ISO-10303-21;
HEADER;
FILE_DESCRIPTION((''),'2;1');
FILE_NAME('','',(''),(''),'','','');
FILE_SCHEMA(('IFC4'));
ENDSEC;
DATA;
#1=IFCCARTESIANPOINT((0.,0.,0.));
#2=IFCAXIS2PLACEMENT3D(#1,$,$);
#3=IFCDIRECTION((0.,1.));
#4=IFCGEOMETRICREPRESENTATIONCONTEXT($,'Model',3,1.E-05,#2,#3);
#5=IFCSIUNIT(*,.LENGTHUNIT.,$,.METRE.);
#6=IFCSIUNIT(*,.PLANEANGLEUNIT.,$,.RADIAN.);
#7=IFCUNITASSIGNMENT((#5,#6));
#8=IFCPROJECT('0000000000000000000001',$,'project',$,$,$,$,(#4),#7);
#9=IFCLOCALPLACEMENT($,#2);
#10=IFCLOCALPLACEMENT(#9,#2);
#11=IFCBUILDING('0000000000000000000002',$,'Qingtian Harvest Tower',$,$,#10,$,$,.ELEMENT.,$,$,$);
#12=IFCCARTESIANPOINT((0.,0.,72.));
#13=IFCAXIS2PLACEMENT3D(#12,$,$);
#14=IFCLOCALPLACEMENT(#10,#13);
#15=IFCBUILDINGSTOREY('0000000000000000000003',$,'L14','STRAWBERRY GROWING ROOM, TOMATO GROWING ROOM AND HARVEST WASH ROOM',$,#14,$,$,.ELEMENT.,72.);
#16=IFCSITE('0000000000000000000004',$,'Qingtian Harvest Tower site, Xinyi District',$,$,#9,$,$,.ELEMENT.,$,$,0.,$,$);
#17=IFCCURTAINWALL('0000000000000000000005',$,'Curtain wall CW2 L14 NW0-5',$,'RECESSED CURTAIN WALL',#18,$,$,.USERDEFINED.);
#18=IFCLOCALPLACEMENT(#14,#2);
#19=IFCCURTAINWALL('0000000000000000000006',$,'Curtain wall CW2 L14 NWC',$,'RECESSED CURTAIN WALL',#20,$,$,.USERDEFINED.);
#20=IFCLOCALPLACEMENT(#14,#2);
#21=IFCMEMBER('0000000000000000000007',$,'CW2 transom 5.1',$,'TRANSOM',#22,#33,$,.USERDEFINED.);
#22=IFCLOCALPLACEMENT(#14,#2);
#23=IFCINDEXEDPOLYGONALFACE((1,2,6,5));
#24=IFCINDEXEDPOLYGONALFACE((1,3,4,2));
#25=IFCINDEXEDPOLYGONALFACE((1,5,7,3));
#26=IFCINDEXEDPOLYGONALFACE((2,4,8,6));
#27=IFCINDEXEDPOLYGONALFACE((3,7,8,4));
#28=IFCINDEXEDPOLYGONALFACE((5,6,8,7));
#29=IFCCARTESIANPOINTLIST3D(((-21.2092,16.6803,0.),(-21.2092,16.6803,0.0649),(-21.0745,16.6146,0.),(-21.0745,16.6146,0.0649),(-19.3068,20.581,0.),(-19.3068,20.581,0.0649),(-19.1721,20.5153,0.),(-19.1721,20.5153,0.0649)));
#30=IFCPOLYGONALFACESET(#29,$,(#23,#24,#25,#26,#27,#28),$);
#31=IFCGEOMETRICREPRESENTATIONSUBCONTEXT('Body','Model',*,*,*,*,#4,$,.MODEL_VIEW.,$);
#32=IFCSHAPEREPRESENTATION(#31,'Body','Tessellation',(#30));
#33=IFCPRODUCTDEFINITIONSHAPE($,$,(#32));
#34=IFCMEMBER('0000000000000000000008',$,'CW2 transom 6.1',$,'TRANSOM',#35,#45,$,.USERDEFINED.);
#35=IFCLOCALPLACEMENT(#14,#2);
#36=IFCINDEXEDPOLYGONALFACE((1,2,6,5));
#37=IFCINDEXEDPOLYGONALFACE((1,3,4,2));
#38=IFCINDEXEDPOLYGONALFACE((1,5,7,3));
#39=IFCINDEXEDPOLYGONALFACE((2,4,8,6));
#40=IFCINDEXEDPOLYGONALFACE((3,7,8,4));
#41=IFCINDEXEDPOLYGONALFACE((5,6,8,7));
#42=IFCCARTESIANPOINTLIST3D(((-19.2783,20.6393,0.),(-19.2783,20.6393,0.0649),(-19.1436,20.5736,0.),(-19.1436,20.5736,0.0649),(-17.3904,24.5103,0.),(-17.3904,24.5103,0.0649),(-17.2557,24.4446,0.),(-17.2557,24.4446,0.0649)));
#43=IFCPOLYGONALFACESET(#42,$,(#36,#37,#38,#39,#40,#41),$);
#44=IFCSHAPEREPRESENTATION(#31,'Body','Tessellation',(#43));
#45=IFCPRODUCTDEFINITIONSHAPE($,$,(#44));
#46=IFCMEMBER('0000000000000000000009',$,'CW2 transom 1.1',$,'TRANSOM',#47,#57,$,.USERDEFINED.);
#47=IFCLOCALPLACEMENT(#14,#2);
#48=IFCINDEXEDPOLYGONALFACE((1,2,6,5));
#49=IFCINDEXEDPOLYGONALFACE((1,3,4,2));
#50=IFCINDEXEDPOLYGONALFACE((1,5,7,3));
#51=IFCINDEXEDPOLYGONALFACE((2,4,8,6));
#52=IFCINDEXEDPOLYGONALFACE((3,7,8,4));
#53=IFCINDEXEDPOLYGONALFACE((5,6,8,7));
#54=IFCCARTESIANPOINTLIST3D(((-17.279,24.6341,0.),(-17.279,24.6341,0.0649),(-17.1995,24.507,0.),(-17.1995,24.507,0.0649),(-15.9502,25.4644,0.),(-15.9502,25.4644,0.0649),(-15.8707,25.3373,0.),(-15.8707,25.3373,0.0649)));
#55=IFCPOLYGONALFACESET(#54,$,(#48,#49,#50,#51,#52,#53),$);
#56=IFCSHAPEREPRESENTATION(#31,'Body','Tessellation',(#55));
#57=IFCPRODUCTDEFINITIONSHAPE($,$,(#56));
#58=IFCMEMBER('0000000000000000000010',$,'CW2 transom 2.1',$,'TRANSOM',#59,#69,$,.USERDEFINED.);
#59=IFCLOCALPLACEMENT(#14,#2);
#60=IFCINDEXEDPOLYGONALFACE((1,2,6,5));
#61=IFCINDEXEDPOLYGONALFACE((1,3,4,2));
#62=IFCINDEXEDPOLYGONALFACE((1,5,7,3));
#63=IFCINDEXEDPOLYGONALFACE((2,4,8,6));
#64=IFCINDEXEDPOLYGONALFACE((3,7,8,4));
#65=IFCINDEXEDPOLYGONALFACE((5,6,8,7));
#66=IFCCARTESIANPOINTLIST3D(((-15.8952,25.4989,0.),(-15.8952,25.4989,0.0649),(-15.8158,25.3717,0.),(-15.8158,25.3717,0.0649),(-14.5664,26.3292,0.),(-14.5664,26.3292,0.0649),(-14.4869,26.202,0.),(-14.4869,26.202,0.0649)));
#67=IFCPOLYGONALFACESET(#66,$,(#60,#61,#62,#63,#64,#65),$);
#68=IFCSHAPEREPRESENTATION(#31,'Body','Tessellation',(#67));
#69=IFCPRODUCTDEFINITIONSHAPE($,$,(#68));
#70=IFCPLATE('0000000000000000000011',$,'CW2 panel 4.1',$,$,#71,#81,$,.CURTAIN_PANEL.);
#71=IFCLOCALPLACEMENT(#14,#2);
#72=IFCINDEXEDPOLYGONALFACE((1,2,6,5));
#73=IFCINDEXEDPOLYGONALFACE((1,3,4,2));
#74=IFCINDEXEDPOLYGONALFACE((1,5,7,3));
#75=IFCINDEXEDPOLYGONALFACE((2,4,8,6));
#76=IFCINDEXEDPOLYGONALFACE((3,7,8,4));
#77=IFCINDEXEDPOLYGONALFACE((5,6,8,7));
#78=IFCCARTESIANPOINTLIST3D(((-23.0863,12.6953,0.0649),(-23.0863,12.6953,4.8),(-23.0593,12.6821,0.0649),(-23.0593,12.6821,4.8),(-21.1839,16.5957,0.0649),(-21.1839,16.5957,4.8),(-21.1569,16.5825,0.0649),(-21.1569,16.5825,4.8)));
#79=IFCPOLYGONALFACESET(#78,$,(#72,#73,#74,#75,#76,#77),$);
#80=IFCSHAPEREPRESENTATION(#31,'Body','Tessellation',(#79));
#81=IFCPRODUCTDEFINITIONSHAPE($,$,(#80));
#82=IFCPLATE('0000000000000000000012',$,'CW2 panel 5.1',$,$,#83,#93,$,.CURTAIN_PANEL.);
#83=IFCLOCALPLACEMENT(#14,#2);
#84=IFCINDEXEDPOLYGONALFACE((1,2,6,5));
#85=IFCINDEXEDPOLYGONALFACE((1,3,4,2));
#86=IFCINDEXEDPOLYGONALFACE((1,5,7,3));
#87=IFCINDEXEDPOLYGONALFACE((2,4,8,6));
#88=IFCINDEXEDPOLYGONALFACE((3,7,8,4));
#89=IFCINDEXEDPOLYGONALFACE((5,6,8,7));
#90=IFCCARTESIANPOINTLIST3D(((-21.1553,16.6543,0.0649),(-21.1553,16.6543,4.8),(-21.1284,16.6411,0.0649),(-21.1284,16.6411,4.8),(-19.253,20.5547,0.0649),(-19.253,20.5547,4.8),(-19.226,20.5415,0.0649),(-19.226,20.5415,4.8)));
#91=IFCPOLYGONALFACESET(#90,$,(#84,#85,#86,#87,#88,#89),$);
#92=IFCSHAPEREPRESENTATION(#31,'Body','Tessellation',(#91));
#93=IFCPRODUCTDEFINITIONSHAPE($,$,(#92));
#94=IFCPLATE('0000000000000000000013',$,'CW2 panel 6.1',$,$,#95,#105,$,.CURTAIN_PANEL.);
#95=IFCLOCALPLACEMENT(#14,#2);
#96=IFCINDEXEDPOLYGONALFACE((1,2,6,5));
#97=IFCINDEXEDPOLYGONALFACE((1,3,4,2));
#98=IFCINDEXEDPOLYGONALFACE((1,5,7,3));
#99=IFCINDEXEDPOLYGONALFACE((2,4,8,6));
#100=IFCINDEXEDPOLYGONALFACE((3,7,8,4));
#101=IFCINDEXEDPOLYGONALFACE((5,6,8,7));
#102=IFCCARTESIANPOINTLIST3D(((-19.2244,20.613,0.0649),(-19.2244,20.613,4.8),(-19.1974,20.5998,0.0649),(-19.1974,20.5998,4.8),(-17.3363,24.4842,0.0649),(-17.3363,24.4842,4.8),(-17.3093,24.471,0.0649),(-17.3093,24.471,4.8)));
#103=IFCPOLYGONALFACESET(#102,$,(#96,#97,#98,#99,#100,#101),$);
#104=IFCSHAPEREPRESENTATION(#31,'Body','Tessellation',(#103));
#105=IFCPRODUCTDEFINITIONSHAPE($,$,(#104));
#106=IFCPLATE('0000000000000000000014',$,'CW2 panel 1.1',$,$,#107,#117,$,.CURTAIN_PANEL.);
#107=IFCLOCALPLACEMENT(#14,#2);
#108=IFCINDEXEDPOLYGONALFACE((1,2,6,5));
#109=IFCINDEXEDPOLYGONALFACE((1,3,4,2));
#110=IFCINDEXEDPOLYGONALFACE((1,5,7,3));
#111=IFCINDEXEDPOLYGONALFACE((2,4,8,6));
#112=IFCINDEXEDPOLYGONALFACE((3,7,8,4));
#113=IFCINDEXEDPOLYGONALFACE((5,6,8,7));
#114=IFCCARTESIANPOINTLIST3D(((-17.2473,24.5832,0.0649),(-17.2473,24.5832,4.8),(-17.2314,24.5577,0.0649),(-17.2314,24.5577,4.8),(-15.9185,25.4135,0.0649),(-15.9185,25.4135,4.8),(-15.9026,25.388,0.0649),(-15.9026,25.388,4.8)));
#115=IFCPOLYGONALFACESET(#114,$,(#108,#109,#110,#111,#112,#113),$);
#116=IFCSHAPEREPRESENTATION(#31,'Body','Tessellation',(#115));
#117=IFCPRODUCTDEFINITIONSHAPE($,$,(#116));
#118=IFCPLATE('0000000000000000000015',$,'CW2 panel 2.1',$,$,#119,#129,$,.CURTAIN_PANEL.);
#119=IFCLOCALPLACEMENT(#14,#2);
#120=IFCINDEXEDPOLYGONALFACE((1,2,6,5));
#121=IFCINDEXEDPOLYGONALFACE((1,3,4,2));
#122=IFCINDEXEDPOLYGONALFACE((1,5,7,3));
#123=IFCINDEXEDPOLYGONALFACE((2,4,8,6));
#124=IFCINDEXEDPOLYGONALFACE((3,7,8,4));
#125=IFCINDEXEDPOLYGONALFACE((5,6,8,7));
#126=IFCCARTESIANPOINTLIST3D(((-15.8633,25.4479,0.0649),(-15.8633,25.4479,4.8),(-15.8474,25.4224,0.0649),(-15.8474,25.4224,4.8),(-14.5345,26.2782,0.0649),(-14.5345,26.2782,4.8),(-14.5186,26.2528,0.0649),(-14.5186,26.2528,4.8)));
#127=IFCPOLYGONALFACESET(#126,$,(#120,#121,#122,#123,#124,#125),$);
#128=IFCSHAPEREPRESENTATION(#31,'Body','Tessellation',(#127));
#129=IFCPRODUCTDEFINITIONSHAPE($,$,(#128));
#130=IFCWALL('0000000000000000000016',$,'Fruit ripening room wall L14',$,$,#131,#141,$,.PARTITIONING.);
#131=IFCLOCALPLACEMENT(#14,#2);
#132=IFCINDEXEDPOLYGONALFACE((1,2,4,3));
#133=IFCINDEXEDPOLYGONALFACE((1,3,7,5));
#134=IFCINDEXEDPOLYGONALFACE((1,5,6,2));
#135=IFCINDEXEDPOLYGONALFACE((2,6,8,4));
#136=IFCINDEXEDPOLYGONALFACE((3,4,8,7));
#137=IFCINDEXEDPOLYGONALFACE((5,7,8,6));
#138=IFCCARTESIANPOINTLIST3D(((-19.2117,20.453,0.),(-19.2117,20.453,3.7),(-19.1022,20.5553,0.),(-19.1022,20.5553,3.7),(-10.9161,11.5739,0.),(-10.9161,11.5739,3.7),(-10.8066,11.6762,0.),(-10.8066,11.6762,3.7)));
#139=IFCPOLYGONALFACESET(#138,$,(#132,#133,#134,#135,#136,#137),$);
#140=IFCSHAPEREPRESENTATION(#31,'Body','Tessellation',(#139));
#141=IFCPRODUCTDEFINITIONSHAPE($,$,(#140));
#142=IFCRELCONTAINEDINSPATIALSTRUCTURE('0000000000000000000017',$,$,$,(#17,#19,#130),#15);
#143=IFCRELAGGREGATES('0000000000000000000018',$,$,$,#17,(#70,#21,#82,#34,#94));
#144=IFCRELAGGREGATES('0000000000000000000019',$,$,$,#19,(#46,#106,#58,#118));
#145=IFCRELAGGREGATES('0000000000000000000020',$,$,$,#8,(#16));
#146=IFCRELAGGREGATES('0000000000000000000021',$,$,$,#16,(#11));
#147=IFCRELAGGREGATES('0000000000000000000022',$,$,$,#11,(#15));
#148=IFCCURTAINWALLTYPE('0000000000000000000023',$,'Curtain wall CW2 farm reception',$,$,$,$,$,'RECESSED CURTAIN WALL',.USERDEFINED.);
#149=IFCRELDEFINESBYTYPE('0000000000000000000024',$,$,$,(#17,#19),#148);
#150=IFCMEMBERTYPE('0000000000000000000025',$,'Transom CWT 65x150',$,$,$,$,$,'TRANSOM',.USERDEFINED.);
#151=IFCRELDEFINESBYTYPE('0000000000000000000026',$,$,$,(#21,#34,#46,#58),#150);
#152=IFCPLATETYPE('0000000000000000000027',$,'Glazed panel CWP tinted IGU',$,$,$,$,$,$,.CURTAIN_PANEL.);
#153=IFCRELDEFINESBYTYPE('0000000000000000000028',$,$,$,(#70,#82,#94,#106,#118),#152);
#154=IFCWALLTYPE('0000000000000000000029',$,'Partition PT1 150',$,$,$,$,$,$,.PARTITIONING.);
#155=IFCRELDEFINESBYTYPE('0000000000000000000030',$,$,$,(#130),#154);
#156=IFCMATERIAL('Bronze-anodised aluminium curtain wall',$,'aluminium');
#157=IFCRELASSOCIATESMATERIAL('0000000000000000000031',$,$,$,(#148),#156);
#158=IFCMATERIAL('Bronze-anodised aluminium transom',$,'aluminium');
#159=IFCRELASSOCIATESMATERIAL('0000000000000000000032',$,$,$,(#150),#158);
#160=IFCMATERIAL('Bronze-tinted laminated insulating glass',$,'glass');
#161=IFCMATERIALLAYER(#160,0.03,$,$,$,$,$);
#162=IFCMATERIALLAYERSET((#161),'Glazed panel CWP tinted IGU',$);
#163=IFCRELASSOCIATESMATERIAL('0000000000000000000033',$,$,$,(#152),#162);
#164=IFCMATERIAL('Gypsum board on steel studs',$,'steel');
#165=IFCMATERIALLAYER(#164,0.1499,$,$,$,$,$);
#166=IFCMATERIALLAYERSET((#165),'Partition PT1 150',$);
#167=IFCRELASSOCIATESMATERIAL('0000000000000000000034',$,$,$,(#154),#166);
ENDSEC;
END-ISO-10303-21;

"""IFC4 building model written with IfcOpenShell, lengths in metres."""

from ifc_helpers import new_model, si_unit, direction, frame, frame_2d, origin, origin_2d, place, context, subcontext, project, spatial, rectangle, extrude, material, layer, layer_set, material_profile, profile_set, type_object, element, aggregate, save


model = new_model("IFC4")

# Units and contexts
model_context = context("Model", 3, precision=1e-05, world=origin(), true_north=direction((0.0, 1.0)))
body_context = subcontext(model_context, "Body", "Model", "MODEL_VIEW")
ifc_project = project(units=[si_unit("LENGTHUNIT", "METRE"), si_unit("PLANEANGLEUNIT", "RADIAN")], contexts=[model_context])

# Site, building, storey
site_placement = place(None, origin())
site = spatial("IfcSite", under=ifc_project, at=site_placement, Name="Qingtian Harvest Tower site, Xinyi District", CompositionType="ELEMENT", RefElevation=0.0)
building_placement = place(site_placement, origin())
building = spatial("IfcBuilding", under=site, at=building_placement, Name="Qingtian Harvest Tower", CompositionType="ELEMENT")
storey_placement = place(building_placement, frame((0.0, 0.0, 72.0)))
storey = spatial("IfcBuildingStorey", under=building, at=storey_placement, Name="L14", Description="STRAWBERRY GROWING ROOM, TOMATO GROWING ROOM AND HARVEST WASH ROOM", CompositionType="ELEMENT", Elevation=72.0)

# Curtain walls
ifc_material_1 = material(Name="Bronze-anodised aluminium curtain wall", Category="aluminium")
curtain_wall_type = type_object("IfcCurtainWallType", Name="Curtain wall CW2 farm reception", ElementType="RECESSED CURTAIN WALL", PredefinedType="USERDEFINED", material=ifc_material_1)
curtain_wall_1_placement = place(storey_placement, origin())
curtain_wall_1 = element("IfcCurtainWall", 1, at=curtain_wall_1_placement, inside=storey, type_object=curtain_wall_type, Name="Curtain wall CW2 L14 NW0-5", ObjectType="RECESSED CURTAIN WALL", PredefinedType="USERDEFINED")
curtain_wall_2_placement = place(storey_placement, origin())
curtain_wall_2 = element("IfcCurtainWall", 2, at=curtain_wall_2_placement, inside=storey, type_object=curtain_wall_type, Name="Curtain wall CW2 L14 NWC", ObjectType="RECESSED CURTAIN WALL", PredefinedType="USERDEFINED")

# Members
ifc_material_2 = material(Name="Bronze-anodised aluminium transom", Category="aluminium")
ifc_material_profile_1 = material_profile(ifc_material_2, rectangle(XDim=0.1499, YDim=0.0649, at=origin_2d()), Name="AL 65x150")
ifc_profile_set_1 = profile_set([ifc_material_profile_1], Name="Bronze-anodised aluminium transom")
member_type_1 = type_object("IfcMemberType", Name="Transom CWT 65x150", ElementType="TRANSOM", PredefinedType="USERDEFINED", material=ifc_profile_set_1)
member_1_placement = place(storey_placement, frame((-21.1418, 16.6475, 0.0325), z_axis=(0.438348, 0.898805, 0.0), x_axis=(-0.898805, 0.438348, 0.0)))
member_1 = element("IfcMember", 3, at=member_1_placement, type_object=member_type_1, Name="CW2 transom 5.1", ObjectType="TRANSOM", PredefinedType="USERDEFINED", context=body_context, shape_type="SweptSolid", body=[
    extrude(rectangle(XDim=0.1499, YDim=0.0649, at=origin_2d()), origin(), (0.0, 0.0, 1.0), 4.3398),
])
member_2_placement = place(storey_placement, frame((-19.2109, 20.6064, 0.0325), z_axis=(0.438349, 0.898805, 0.0), x_axis=(-0.898805, 0.438349, 0.0)))
member_2 = element("IfcMember", 4, at=member_2_placement, type_object=member_type_1, Name="CW2 transom 6.1", ObjectType="TRANSOM", PredefinedType="USERDEFINED", context=body_context, shape_type="SweptSolid", body=[
    extrude(rectangle(XDim=0.1499, YDim=0.0649, at=origin_2d()), origin(), (0.0, 0.0, 1.0), 4.3069),
])
member_3_placement = place(storey_placement, frame((-17.2393, 24.5706, 0.0325), z_axis=(0.84806, 0.529901, 0.0), x_axis=(-0.529901, 0.84806, 0.0)))
member_3 = element("IfcMember", 5, at=member_3_placement, type_object=member_type_1, Name="CW2 transom 1.1", ObjectType="TRANSOM", PredefinedType="USERDEFINED", context=body_context, shape_type="SweptSolid", body=[
    extrude(rectangle(XDim=0.1499, YDim=0.0649, at=origin_2d()), origin(), (0.0, 0.0, 1.0), 1.5669),
])
member_4_placement = place(storey_placement, frame((-15.8555, 25.4353, 0.0325), z_axis=(0.84806, 0.529901, 0.0), x_axis=(-0.529901, 0.84806, 0.0)))
member_4 = element("IfcMember", 6, at=member_4_placement, type_object=member_type_1, Name="CW2 transom 2.1", ObjectType="TRANSOM", PredefinedType="USERDEFINED", context=body_context, shape_type="SweptSolid", body=[
    extrude(rectangle(XDim=0.1499, YDim=0.0649, at=origin_2d()), origin(), (0.0, 0.0, 1.0), 1.5669),
])

# Plates
ifc_material_3 = material(Name="Bronze-tinted laminated insulating glass", Category="glass")
ifc_layer_1 = layer(ifc_material_3, 0.03)
ifc_layer_set_1 = layer_set([ifc_layer_1], Name="Glazed panel CWP tinted IGU")
plate_type = type_object("IfcPlateType", Name="Glazed panel CWP tinted IGU", PredefinedType="CURTAIN_PANEL", material=ifc_layer_set_1)
plate_1_placement = place(storey_placement, frame((-22.1216, 14.6389, 0.0649), z_axis=(0.0, 0.0, 1.0), x_axis=(0.438371, 0.898794, 0.0)))
plate_1 = element("IfcPlate", 7, at=plate_1_placement, type_object=plate_type, Name="CW2 panel 4.1", PredefinedType="CURTAIN_PANEL", context=body_context, shape_type="SweptSolid", body=[
    extrude(rectangle(XDim=4.3396, YDim=0.03, at=origin_2d()), origin(), (0.0, 0.0, 1.0), 4.7351),
])
plate_2_placement = place(storey_placement, frame((-20.1907, 18.5979, 0.0649), z_axis=(0.0, 0.0, 1.0), x_axis=(0.438371, 0.898794, 0.0)))
plate_2 = element("IfcPlate", 8, at=plate_2_placement, type_object=plate_type, Name="CW2 panel 5.1", PredefinedType="CURTAIN_PANEL", context=body_context, shape_type="SweptSolid", body=[
    extrude(rectangle(XDim=4.3396, YDim=0.03, at=origin_2d()), origin(), (0.0, 0.0, 1.0), 4.7351),
])
plate_3_placement = place(storey_placement, frame((-18.2668, 22.542, 0.0649), z_axis=(0.0, 0.0, 1.0), x_axis=(0.438371, 0.898794, 0.0)))
plate_3 = element("IfcPlate", 9, at=plate_3_placement, type_object=plate_type, Name="CW2 panel 6.1", PredefinedType="CURTAIN_PANEL", context=body_context, shape_type="SweptSolid", body=[
    extrude(rectangle(XDim=4.3071, YDim=0.03, at=origin_2d()), origin(), (0.0, 0.0, 1.0), 4.7351),
])
aggregate(curtain_wall_1, [plate_1, member_1, plate_2, member_2, plate_3])
plate_4_placement = place(storey_placement, frame((-16.575, 24.9856, 0.0649), z_axis=(0.0, 0.0, 1.0), x_axis=(0.848048, 0.529919, 0.0)))
plate_4 = element("IfcPlate", 10, at=plate_4_placement, type_object=plate_type, Name="CW2 panel 1.1", PredefinedType="CURTAIN_PANEL", context=body_context, shape_type="SweptSolid", body=[
    extrude(rectangle(XDim=1.5669, YDim=0.03, at=origin_2d()), origin(), (0.0, 0.0, 1.0), 4.7351),
])
plate_5_placement = place(storey_placement, frame((-15.1909, 25.8503, 0.0649), z_axis=(0.0, 0.0, 1.0), x_axis=(0.848048, 0.529919, 0.0)))
plate_5 = element("IfcPlate", 11, at=plate_5_placement, type_object=plate_type, Name="CW2 panel 2.1", PredefinedType="CURTAIN_PANEL", context=body_context, shape_type="SweptSolid", body=[
    extrude(rectangle(XDim=1.5669, YDim=0.03, at=origin_2d()), origin(), (0.0, 0.0, 1.0), 4.7351),
])
aggregate(curtain_wall_2, [member_3, plate_4, member_4, plate_5])

# Wall
ifc_material_4 = material(Name="Gypsum board on steel studs", Category="steel")
ifc_layer_2 = layer(ifc_material_4, 0.1499)
ifc_layer_set_2 = layer_set([ifc_layer_2], Name="Partition PT1 150")
wall_type = type_object("IfcWallType", Name="Partition PT1 150", PredefinedType="PARTITIONING", material=ifc_layer_set_2)
wall_placement = place(storey_placement, frame((-19.157, 20.5042, 0.0), z_axis=(0.0, 0.0, 1.0), x_axis=(0.68269, -0.730708, 0.0)))
element("IfcWall", 12, at=wall_placement, inside=storey, type_object=wall_type, Name="Fruit ripening room wall L14", PredefinedType="PARTITIONING", context=body_context, shape_type="SweptSolid", body=[
    extrude(rectangle(XDim=12.1514, YDim=0.1499, at=frame_2d((6.0757, 0.0))), origin(), (0.0, 0.0, 1.0), 3.7),
])

save(model, "model.ifc")
